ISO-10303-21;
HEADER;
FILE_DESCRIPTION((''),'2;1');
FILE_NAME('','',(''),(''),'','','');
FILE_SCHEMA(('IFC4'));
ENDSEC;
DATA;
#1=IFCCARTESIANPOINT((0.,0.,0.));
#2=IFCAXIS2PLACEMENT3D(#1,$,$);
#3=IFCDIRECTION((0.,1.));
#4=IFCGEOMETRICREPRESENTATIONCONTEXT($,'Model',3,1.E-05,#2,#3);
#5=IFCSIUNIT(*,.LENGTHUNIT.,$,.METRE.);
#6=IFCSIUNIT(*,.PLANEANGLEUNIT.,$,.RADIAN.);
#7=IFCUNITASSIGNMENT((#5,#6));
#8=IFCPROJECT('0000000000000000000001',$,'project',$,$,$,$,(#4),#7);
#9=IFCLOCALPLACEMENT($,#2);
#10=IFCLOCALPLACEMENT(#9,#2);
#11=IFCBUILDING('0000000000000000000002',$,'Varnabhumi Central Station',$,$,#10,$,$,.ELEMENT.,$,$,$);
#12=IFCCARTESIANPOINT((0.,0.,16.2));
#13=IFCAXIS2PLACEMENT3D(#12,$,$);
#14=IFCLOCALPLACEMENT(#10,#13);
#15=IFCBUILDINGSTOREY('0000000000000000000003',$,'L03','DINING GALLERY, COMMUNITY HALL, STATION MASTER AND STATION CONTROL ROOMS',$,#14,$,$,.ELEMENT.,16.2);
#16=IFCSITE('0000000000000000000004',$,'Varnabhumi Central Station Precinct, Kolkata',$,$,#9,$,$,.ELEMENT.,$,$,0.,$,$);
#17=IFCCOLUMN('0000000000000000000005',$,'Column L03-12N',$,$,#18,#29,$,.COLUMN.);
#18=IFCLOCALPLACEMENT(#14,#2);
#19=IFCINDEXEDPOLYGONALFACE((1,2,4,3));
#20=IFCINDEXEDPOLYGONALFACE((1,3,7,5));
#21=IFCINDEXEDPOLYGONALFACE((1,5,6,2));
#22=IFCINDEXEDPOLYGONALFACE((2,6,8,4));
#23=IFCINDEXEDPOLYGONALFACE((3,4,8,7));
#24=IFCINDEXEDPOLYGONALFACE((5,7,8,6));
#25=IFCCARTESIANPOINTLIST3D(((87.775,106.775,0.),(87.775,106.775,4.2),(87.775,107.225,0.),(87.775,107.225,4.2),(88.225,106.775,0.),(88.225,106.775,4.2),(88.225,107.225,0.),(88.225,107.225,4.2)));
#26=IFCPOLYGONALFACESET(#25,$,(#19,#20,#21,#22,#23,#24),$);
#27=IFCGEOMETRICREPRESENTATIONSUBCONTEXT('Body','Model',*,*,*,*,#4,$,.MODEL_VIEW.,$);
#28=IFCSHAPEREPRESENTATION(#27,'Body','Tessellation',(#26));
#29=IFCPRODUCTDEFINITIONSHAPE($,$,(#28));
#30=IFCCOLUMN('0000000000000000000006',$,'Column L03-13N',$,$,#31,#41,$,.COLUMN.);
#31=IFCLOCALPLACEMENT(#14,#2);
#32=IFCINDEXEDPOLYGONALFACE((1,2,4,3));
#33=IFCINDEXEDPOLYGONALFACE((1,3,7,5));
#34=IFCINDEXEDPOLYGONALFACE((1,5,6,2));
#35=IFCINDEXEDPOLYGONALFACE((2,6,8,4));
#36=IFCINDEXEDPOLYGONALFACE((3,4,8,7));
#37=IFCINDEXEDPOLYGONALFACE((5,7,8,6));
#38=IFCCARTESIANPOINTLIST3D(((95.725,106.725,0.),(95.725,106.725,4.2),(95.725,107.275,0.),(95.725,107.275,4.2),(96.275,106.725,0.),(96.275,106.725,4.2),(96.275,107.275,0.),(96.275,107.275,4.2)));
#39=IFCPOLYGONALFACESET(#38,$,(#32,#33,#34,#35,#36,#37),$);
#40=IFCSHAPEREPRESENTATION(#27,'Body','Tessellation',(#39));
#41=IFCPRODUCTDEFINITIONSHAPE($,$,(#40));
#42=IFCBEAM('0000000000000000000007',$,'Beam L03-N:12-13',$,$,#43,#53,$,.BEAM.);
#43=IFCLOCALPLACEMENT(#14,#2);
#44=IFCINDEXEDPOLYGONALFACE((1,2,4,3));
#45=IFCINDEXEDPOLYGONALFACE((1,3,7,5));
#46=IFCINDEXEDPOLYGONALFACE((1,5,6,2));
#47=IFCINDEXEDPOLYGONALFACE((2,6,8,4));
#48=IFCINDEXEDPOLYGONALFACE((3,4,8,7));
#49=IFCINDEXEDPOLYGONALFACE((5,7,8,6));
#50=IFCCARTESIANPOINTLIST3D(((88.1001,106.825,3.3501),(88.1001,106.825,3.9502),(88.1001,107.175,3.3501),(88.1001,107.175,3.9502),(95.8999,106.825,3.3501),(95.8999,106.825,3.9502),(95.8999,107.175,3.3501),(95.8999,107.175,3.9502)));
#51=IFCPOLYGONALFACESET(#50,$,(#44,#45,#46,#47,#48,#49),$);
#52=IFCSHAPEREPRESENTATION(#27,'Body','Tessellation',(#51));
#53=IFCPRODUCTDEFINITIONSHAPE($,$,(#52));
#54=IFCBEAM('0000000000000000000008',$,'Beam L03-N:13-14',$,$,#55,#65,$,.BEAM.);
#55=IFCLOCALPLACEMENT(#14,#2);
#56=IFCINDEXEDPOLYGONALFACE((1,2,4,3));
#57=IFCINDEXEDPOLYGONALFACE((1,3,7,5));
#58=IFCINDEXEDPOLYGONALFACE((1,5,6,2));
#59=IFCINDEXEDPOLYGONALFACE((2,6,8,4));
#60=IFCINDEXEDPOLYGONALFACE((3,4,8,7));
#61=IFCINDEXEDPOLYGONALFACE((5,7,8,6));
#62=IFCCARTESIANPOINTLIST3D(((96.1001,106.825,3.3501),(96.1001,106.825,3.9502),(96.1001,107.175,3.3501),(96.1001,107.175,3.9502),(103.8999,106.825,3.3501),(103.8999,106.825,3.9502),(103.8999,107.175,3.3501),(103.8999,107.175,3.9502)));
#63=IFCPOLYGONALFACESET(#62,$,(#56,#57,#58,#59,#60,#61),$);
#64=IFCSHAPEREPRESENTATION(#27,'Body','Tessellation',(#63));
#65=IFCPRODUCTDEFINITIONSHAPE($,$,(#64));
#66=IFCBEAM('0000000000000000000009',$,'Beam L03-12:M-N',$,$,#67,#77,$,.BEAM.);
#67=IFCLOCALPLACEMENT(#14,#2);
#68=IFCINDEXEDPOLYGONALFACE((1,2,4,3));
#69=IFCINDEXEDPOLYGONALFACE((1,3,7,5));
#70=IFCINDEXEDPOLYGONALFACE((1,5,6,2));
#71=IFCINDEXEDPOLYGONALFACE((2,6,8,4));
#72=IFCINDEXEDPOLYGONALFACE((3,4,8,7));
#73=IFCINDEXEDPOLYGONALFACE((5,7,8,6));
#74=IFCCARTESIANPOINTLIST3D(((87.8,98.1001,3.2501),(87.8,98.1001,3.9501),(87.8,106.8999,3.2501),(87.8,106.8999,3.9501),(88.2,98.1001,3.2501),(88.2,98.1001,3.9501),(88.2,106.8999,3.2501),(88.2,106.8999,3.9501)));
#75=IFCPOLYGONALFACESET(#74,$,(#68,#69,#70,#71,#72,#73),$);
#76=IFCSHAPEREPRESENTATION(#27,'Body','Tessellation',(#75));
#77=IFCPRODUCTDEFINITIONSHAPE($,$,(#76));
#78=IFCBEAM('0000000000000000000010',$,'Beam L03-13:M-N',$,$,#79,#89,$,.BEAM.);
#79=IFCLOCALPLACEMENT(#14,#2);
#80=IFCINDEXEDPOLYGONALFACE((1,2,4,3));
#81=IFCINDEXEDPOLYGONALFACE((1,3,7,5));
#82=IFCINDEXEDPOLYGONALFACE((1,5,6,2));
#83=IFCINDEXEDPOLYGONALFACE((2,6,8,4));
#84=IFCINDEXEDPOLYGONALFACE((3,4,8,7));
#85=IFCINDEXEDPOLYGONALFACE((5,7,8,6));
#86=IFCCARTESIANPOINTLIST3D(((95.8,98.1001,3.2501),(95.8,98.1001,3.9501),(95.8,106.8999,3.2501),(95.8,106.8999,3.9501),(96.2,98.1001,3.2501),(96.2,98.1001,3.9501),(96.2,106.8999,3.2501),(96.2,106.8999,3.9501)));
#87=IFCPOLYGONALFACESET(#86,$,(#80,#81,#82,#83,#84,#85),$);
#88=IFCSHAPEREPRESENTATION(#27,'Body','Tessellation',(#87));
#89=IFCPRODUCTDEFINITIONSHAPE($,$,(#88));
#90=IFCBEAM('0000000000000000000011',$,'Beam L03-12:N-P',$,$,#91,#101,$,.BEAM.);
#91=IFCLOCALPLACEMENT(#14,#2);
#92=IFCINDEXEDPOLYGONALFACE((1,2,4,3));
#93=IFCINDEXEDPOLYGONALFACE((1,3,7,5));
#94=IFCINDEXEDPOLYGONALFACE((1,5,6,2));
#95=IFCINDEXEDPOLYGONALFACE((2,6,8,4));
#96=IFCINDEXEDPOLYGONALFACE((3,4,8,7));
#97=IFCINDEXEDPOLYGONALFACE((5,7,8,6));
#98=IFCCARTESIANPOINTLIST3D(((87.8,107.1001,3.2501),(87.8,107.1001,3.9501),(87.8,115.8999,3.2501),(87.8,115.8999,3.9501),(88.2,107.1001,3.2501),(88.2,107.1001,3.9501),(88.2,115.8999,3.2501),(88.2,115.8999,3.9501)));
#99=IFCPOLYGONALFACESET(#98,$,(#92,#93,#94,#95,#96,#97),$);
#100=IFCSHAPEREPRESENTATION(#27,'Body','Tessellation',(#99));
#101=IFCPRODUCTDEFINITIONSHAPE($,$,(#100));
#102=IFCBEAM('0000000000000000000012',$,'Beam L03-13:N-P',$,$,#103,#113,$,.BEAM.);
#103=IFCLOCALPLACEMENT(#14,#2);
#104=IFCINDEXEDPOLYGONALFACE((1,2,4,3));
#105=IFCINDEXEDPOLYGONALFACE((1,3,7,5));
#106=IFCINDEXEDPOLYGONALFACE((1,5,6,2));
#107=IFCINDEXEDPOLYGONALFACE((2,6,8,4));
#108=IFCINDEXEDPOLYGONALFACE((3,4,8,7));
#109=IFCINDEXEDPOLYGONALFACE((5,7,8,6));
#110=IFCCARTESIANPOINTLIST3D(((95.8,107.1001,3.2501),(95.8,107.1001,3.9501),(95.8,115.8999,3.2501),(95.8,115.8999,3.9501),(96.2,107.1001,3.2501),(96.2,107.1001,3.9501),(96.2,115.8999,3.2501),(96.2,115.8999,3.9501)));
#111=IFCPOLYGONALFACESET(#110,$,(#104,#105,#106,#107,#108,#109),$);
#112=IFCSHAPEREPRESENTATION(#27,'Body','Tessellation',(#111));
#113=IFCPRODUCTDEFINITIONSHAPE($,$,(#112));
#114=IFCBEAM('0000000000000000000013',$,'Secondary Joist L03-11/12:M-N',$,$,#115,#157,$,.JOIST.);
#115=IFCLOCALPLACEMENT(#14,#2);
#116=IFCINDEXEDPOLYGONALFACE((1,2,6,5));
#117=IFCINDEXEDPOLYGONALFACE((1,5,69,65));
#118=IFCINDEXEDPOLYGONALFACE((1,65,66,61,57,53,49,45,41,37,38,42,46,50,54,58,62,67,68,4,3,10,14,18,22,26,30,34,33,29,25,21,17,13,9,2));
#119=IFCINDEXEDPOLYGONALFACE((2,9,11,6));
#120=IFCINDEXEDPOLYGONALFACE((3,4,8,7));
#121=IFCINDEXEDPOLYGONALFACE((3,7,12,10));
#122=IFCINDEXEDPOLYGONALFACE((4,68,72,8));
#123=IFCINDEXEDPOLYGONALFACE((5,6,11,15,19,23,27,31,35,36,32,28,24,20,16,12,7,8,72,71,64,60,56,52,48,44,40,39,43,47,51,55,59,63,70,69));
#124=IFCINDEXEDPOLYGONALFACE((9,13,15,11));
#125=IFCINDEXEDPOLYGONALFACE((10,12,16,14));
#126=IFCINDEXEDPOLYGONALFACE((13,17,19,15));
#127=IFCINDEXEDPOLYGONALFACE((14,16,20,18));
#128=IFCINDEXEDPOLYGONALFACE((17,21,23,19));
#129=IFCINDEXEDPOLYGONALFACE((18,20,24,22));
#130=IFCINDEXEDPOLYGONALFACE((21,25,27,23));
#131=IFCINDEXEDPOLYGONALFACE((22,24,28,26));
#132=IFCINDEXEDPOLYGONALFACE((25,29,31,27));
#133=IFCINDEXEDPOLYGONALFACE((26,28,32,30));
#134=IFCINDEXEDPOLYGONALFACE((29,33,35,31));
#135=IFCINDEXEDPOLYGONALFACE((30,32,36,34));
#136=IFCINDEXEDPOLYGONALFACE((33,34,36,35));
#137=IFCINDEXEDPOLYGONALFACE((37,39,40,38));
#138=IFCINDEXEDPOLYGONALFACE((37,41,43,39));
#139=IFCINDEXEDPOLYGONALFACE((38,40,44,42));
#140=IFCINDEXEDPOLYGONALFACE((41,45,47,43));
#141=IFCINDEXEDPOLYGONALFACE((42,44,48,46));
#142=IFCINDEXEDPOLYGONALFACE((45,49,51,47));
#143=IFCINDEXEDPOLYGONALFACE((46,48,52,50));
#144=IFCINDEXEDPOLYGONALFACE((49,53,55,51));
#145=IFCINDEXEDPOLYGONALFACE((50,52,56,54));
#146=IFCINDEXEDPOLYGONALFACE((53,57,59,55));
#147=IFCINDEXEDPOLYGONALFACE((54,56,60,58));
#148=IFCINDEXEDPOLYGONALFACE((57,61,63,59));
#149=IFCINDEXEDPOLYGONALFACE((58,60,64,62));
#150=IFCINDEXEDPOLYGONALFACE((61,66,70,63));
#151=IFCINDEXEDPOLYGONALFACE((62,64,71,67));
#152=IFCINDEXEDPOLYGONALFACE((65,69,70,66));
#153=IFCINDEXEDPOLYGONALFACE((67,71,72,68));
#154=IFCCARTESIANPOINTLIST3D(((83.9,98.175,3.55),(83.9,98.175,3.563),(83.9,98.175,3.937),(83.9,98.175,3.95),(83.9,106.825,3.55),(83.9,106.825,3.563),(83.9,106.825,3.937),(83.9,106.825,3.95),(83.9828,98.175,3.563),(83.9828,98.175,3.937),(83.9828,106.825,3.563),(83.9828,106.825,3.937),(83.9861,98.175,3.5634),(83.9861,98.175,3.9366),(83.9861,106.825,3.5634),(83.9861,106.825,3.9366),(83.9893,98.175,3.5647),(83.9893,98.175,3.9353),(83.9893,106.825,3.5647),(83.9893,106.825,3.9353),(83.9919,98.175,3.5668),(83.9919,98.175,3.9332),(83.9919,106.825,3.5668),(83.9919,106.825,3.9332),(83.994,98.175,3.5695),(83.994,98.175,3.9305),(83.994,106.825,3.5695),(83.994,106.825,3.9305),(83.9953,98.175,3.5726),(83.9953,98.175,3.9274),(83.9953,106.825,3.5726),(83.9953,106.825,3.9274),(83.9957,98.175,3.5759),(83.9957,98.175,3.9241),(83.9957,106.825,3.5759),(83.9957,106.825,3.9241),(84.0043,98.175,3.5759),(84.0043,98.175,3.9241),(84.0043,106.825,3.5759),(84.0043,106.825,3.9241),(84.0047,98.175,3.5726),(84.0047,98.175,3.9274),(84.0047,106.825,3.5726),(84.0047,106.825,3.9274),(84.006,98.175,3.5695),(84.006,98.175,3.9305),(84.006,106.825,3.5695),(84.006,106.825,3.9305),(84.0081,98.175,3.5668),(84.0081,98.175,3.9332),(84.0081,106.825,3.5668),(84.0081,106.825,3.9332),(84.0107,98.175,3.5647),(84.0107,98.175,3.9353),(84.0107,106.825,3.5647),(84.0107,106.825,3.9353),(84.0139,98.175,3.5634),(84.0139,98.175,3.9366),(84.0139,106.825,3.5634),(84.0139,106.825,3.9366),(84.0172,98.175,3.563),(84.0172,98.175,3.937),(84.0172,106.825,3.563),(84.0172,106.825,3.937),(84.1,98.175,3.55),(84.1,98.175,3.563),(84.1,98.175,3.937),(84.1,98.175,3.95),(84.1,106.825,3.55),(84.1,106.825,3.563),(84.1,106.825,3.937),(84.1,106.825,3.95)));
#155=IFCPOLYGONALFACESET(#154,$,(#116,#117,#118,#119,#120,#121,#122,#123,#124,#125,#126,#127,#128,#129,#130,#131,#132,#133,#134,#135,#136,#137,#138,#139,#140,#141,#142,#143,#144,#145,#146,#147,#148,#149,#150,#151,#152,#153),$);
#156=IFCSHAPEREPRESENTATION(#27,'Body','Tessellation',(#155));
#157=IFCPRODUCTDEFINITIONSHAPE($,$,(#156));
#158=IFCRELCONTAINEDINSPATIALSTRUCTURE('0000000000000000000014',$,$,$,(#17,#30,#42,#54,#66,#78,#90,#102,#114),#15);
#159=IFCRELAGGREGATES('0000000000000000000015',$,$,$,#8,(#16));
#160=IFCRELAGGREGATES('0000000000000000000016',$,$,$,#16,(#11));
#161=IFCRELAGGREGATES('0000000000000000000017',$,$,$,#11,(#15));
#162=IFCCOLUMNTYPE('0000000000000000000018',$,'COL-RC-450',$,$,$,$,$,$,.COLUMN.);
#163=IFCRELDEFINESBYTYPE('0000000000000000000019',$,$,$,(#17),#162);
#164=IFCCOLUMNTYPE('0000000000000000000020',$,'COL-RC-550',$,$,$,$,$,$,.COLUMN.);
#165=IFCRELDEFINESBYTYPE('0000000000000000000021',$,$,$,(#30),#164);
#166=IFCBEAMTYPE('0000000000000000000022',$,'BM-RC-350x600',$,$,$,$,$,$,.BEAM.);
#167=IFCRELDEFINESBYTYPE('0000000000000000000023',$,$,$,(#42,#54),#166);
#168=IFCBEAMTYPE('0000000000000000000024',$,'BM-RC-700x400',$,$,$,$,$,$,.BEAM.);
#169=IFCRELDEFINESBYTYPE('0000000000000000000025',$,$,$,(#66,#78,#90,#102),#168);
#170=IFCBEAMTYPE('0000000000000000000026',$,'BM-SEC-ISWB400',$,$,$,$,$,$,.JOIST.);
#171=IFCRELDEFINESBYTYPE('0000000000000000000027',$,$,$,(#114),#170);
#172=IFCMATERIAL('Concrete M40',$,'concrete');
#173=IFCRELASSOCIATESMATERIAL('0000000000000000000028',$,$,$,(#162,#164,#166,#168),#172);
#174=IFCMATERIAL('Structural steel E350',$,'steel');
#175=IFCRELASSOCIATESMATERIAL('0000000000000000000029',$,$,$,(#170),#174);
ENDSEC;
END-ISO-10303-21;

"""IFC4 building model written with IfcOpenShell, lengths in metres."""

from ifc_helpers import new_model, si_unit, direction, frame, origin, origin_2d, place, context, subcontext, project, spatial, rectangle, i_section, extrude, material, material_profile, profile_set, type_object, element, save


model = new_model("IFC4")

# Units and contexts
model_context = context("Model", 3, precision=1e-05, world=origin(), true_north=direction((0.0, 1.0)))
body_context = subcontext(model_context, "Body", "Model", "MODEL_VIEW")
ifc_project = project(units=[si_unit("LENGTHUNIT", "METRE"), si_unit("PLANEANGLEUNIT", "RADIAN")], contexts=[model_context])

# Site, building, storey
site_placement = place(None, origin())
site = spatial("IfcSite", under=ifc_project, at=site_placement, Name="Varnabhumi Central Station Precinct, Kolkata", CompositionType="ELEMENT", RefElevation=0.0)
building_placement = place(site_placement, origin())
building = spatial("IfcBuilding", under=site, at=building_placement, Name="Varnabhumi Central Station", CompositionType="ELEMENT")
storey_placement = place(building_placement, frame((0.0, 0.0, 16.2)))
storey = spatial("IfcBuildingStorey", under=building, at=storey_placement, Name="L03", Description="DINING GALLERY, COMMUNITY HALL, STATION MASTER AND STATION CONTROL ROOMS", CompositionType="ELEMENT", Elevation=16.2)

# Columns
ifc_material_1 = material(Name="Concrete M40", Category="concrete")
ifc_material_profile_1 = material_profile(ifc_material_1, rectangle(XDim=0.45, YDim=0.45, at=origin_2d()), Name="Concrete M40", Category="concrete")
ifc_profile_set_1 = profile_set([ifc_material_profile_1], Name="Concrete M40")
column_type_1 = type_object("IfcColumnType", Name="COL-RC-450", PredefinedType="COLUMN", material=ifc_profile_set_1)
column_1_placement = place(storey_placement, frame((88.0, 107.0, 0.0), z_axis=(0.0, 0.0, 1.0), x_axis=(1.0, 0.0, 0.0)))
element("IfcColumn", 1, at=column_1_placement, inside=storey, type_object=column_type_1, Name="Column L03-12N", PredefinedType="COLUMN", context=body_context, shape_type="SweptSolid", body=[
    extrude(rectangle(XDim=0.45, YDim=0.45, at=origin_2d()), origin(), (0.0, 0.0, 1.0), 4.2),
])
ifc_material_profile_2 = material_profile(ifc_material_1, rectangle(XDim=0.55, YDim=0.55, at=origin_2d()), Name="Concrete M40", Category="concrete")
ifc_profile_set_2 = profile_set([ifc_material_profile_2], Name="Concrete M40")
column_type_2 = type_object("IfcColumnType", Name="COL-RC-550", PredefinedType="COLUMN", material=ifc_profile_set_2)
column_2_placement = place(storey_placement, frame((96.0, 107.0, 0.0), z_axis=(0.0, 0.0, 1.0), x_axis=(1.0, 0.0, 0.0)))
element("IfcColumn", 2, at=column_2_placement, inside=storey, type_object=column_type_2, Name="Column L03-13N", PredefinedType="COLUMN", context=body_context, shape_type="SweptSolid", body=[
    extrude(rectangle(XDim=0.55, YDim=0.55, at=origin_2d()), origin(), (0.0, 0.0, 1.0), 4.2),
])

# Beams
ifc_material_profile_3 = material_profile(ifc_material_1, rectangle(XDim=0.3501, YDim=0.6001, at=origin_2d()), Name="Concrete M40", Category="concrete")
ifc_profile_set_3 = profile_set([ifc_material_profile_3], Name="Concrete M40")
beam_type_1 = type_object("IfcBeamType", Name="BM-RC-350x600", PredefinedType="BEAM", material=ifc_profile_set_3)
for number, where, z_axis, x_axis, name in (
    (3, (88.1001, 107.0, 3.6501), (1.0, 0.0, 0.0), (0.0, 1.0, 0.0), "Beam L03-N:12-13"),
    (4, (96.1001, 107.0, 3.6501), (1.0, 0.0, 0.0), (0.0, 1.0, 0.0), "Beam L03-N:13-14"),
):
    element("IfcBeam", number, at=place(storey_placement, frame(where, z_axis=z_axis, x_axis=x_axis)), inside=storey, type_object=beam_type_1, Name=name, PredefinedType="BEAM", context=body_context, shape_type="SweptSolid", body=[
        extrude(rectangle(XDim=0.3501, YDim=0.6001, at=origin_2d()), origin(), (0.0, 0.0, 1.0), 7.7998),
    ])
ifc_material_profile_4 = material_profile(ifc_material_1, rectangle(XDim=0.3999, YDim=0.7, at=origin_2d()), Name="Concrete M40", Category="concrete")
ifc_profile_set_4 = profile_set([ifc_material_profile_4], Name="Concrete M40")
beam_type_2 = type_object("IfcBeamType", Name="BM-RC-700x400", PredefinedType="BEAM", material=ifc_profile_set_4)
for number, where, z_axis, x_axis, name in (
    (5, (88.0, 98.1001, 3.6001), (0.0, 1.0, 0.0), (-1.0, 0.0, 0.0), "Beam L03-12:M-N"),
    (6, (96.0, 98.1001, 3.6001), (0.0, 1.0, 0.0), (-1.0, 0.0, 0.0), "Beam L03-13:M-N"),
    (7, (88.0, 107.1001, 3.6001), (0.0, 1.0, 0.0), (-1.0, 0.0, 0.0), "Beam L03-12:N-P"),
    (8, (96.0, 107.1001, 3.6001), (0.0, 1.0, 0.0), (-1.0, 0.0, 0.0), "Beam L03-13:N-P"),
):
    element("IfcBeam", number, at=place(storey_placement, frame(where, z_axis=z_axis, x_axis=x_axis)), inside=storey, type_object=beam_type_2, Name=name, PredefinedType="BEAM", context=body_context, shape_type="SweptSolid", body=[
        extrude(rectangle(XDim=0.3999, YDim=0.7, at=origin_2d()), origin(), (0.0, 0.0, 1.0), 8.7998),
    ])
ifc_material_2 = material(Name="Structural steel E350", Category="steel")
ifc_material_profile_5 = material_profile(ifc_material_2, i_section(OverallWidth=0.2, OverallDepth=0.3999, WebThickness=0.0085, FlangeThickness=0.0129, FilletRadius=0.0129, at=origin_2d()), Name="Structural steel E350", Category="steel")
ifc_profile_set_5 = profile_set([ifc_material_profile_5], Name="Structural steel E350")
beam_type_3 = type_object("IfcBeamType", Name="BM-SEC-ISWB400", PredefinedType="JOIST", material=ifc_profile_set_5)
beam_1_placement = place(storey_placement, frame((84.0, 98.175, 3.75), z_axis=(0.0, 1.0, 0.0), x_axis=(-1.0, 0.0, 0.0)))
element("IfcBeam", 9, at=beam_1_placement, inside=storey, type_object=beam_type_3, Name="Secondary Joist L03-11/12:M-N", PredefinedType="JOIST", context=body_context, shape_type="SweptSolid", body=[
    extrude(i_section(OverallWidth=0.2, OverallDepth=0.3999, WebThickness=0.0085, FlangeThickness=0.0129, FilletRadius=0.0129, at=origin_2d()), origin(), (0.0, 0.0, 1.0), 8.6499),
])

save(model, "model.ifc")
